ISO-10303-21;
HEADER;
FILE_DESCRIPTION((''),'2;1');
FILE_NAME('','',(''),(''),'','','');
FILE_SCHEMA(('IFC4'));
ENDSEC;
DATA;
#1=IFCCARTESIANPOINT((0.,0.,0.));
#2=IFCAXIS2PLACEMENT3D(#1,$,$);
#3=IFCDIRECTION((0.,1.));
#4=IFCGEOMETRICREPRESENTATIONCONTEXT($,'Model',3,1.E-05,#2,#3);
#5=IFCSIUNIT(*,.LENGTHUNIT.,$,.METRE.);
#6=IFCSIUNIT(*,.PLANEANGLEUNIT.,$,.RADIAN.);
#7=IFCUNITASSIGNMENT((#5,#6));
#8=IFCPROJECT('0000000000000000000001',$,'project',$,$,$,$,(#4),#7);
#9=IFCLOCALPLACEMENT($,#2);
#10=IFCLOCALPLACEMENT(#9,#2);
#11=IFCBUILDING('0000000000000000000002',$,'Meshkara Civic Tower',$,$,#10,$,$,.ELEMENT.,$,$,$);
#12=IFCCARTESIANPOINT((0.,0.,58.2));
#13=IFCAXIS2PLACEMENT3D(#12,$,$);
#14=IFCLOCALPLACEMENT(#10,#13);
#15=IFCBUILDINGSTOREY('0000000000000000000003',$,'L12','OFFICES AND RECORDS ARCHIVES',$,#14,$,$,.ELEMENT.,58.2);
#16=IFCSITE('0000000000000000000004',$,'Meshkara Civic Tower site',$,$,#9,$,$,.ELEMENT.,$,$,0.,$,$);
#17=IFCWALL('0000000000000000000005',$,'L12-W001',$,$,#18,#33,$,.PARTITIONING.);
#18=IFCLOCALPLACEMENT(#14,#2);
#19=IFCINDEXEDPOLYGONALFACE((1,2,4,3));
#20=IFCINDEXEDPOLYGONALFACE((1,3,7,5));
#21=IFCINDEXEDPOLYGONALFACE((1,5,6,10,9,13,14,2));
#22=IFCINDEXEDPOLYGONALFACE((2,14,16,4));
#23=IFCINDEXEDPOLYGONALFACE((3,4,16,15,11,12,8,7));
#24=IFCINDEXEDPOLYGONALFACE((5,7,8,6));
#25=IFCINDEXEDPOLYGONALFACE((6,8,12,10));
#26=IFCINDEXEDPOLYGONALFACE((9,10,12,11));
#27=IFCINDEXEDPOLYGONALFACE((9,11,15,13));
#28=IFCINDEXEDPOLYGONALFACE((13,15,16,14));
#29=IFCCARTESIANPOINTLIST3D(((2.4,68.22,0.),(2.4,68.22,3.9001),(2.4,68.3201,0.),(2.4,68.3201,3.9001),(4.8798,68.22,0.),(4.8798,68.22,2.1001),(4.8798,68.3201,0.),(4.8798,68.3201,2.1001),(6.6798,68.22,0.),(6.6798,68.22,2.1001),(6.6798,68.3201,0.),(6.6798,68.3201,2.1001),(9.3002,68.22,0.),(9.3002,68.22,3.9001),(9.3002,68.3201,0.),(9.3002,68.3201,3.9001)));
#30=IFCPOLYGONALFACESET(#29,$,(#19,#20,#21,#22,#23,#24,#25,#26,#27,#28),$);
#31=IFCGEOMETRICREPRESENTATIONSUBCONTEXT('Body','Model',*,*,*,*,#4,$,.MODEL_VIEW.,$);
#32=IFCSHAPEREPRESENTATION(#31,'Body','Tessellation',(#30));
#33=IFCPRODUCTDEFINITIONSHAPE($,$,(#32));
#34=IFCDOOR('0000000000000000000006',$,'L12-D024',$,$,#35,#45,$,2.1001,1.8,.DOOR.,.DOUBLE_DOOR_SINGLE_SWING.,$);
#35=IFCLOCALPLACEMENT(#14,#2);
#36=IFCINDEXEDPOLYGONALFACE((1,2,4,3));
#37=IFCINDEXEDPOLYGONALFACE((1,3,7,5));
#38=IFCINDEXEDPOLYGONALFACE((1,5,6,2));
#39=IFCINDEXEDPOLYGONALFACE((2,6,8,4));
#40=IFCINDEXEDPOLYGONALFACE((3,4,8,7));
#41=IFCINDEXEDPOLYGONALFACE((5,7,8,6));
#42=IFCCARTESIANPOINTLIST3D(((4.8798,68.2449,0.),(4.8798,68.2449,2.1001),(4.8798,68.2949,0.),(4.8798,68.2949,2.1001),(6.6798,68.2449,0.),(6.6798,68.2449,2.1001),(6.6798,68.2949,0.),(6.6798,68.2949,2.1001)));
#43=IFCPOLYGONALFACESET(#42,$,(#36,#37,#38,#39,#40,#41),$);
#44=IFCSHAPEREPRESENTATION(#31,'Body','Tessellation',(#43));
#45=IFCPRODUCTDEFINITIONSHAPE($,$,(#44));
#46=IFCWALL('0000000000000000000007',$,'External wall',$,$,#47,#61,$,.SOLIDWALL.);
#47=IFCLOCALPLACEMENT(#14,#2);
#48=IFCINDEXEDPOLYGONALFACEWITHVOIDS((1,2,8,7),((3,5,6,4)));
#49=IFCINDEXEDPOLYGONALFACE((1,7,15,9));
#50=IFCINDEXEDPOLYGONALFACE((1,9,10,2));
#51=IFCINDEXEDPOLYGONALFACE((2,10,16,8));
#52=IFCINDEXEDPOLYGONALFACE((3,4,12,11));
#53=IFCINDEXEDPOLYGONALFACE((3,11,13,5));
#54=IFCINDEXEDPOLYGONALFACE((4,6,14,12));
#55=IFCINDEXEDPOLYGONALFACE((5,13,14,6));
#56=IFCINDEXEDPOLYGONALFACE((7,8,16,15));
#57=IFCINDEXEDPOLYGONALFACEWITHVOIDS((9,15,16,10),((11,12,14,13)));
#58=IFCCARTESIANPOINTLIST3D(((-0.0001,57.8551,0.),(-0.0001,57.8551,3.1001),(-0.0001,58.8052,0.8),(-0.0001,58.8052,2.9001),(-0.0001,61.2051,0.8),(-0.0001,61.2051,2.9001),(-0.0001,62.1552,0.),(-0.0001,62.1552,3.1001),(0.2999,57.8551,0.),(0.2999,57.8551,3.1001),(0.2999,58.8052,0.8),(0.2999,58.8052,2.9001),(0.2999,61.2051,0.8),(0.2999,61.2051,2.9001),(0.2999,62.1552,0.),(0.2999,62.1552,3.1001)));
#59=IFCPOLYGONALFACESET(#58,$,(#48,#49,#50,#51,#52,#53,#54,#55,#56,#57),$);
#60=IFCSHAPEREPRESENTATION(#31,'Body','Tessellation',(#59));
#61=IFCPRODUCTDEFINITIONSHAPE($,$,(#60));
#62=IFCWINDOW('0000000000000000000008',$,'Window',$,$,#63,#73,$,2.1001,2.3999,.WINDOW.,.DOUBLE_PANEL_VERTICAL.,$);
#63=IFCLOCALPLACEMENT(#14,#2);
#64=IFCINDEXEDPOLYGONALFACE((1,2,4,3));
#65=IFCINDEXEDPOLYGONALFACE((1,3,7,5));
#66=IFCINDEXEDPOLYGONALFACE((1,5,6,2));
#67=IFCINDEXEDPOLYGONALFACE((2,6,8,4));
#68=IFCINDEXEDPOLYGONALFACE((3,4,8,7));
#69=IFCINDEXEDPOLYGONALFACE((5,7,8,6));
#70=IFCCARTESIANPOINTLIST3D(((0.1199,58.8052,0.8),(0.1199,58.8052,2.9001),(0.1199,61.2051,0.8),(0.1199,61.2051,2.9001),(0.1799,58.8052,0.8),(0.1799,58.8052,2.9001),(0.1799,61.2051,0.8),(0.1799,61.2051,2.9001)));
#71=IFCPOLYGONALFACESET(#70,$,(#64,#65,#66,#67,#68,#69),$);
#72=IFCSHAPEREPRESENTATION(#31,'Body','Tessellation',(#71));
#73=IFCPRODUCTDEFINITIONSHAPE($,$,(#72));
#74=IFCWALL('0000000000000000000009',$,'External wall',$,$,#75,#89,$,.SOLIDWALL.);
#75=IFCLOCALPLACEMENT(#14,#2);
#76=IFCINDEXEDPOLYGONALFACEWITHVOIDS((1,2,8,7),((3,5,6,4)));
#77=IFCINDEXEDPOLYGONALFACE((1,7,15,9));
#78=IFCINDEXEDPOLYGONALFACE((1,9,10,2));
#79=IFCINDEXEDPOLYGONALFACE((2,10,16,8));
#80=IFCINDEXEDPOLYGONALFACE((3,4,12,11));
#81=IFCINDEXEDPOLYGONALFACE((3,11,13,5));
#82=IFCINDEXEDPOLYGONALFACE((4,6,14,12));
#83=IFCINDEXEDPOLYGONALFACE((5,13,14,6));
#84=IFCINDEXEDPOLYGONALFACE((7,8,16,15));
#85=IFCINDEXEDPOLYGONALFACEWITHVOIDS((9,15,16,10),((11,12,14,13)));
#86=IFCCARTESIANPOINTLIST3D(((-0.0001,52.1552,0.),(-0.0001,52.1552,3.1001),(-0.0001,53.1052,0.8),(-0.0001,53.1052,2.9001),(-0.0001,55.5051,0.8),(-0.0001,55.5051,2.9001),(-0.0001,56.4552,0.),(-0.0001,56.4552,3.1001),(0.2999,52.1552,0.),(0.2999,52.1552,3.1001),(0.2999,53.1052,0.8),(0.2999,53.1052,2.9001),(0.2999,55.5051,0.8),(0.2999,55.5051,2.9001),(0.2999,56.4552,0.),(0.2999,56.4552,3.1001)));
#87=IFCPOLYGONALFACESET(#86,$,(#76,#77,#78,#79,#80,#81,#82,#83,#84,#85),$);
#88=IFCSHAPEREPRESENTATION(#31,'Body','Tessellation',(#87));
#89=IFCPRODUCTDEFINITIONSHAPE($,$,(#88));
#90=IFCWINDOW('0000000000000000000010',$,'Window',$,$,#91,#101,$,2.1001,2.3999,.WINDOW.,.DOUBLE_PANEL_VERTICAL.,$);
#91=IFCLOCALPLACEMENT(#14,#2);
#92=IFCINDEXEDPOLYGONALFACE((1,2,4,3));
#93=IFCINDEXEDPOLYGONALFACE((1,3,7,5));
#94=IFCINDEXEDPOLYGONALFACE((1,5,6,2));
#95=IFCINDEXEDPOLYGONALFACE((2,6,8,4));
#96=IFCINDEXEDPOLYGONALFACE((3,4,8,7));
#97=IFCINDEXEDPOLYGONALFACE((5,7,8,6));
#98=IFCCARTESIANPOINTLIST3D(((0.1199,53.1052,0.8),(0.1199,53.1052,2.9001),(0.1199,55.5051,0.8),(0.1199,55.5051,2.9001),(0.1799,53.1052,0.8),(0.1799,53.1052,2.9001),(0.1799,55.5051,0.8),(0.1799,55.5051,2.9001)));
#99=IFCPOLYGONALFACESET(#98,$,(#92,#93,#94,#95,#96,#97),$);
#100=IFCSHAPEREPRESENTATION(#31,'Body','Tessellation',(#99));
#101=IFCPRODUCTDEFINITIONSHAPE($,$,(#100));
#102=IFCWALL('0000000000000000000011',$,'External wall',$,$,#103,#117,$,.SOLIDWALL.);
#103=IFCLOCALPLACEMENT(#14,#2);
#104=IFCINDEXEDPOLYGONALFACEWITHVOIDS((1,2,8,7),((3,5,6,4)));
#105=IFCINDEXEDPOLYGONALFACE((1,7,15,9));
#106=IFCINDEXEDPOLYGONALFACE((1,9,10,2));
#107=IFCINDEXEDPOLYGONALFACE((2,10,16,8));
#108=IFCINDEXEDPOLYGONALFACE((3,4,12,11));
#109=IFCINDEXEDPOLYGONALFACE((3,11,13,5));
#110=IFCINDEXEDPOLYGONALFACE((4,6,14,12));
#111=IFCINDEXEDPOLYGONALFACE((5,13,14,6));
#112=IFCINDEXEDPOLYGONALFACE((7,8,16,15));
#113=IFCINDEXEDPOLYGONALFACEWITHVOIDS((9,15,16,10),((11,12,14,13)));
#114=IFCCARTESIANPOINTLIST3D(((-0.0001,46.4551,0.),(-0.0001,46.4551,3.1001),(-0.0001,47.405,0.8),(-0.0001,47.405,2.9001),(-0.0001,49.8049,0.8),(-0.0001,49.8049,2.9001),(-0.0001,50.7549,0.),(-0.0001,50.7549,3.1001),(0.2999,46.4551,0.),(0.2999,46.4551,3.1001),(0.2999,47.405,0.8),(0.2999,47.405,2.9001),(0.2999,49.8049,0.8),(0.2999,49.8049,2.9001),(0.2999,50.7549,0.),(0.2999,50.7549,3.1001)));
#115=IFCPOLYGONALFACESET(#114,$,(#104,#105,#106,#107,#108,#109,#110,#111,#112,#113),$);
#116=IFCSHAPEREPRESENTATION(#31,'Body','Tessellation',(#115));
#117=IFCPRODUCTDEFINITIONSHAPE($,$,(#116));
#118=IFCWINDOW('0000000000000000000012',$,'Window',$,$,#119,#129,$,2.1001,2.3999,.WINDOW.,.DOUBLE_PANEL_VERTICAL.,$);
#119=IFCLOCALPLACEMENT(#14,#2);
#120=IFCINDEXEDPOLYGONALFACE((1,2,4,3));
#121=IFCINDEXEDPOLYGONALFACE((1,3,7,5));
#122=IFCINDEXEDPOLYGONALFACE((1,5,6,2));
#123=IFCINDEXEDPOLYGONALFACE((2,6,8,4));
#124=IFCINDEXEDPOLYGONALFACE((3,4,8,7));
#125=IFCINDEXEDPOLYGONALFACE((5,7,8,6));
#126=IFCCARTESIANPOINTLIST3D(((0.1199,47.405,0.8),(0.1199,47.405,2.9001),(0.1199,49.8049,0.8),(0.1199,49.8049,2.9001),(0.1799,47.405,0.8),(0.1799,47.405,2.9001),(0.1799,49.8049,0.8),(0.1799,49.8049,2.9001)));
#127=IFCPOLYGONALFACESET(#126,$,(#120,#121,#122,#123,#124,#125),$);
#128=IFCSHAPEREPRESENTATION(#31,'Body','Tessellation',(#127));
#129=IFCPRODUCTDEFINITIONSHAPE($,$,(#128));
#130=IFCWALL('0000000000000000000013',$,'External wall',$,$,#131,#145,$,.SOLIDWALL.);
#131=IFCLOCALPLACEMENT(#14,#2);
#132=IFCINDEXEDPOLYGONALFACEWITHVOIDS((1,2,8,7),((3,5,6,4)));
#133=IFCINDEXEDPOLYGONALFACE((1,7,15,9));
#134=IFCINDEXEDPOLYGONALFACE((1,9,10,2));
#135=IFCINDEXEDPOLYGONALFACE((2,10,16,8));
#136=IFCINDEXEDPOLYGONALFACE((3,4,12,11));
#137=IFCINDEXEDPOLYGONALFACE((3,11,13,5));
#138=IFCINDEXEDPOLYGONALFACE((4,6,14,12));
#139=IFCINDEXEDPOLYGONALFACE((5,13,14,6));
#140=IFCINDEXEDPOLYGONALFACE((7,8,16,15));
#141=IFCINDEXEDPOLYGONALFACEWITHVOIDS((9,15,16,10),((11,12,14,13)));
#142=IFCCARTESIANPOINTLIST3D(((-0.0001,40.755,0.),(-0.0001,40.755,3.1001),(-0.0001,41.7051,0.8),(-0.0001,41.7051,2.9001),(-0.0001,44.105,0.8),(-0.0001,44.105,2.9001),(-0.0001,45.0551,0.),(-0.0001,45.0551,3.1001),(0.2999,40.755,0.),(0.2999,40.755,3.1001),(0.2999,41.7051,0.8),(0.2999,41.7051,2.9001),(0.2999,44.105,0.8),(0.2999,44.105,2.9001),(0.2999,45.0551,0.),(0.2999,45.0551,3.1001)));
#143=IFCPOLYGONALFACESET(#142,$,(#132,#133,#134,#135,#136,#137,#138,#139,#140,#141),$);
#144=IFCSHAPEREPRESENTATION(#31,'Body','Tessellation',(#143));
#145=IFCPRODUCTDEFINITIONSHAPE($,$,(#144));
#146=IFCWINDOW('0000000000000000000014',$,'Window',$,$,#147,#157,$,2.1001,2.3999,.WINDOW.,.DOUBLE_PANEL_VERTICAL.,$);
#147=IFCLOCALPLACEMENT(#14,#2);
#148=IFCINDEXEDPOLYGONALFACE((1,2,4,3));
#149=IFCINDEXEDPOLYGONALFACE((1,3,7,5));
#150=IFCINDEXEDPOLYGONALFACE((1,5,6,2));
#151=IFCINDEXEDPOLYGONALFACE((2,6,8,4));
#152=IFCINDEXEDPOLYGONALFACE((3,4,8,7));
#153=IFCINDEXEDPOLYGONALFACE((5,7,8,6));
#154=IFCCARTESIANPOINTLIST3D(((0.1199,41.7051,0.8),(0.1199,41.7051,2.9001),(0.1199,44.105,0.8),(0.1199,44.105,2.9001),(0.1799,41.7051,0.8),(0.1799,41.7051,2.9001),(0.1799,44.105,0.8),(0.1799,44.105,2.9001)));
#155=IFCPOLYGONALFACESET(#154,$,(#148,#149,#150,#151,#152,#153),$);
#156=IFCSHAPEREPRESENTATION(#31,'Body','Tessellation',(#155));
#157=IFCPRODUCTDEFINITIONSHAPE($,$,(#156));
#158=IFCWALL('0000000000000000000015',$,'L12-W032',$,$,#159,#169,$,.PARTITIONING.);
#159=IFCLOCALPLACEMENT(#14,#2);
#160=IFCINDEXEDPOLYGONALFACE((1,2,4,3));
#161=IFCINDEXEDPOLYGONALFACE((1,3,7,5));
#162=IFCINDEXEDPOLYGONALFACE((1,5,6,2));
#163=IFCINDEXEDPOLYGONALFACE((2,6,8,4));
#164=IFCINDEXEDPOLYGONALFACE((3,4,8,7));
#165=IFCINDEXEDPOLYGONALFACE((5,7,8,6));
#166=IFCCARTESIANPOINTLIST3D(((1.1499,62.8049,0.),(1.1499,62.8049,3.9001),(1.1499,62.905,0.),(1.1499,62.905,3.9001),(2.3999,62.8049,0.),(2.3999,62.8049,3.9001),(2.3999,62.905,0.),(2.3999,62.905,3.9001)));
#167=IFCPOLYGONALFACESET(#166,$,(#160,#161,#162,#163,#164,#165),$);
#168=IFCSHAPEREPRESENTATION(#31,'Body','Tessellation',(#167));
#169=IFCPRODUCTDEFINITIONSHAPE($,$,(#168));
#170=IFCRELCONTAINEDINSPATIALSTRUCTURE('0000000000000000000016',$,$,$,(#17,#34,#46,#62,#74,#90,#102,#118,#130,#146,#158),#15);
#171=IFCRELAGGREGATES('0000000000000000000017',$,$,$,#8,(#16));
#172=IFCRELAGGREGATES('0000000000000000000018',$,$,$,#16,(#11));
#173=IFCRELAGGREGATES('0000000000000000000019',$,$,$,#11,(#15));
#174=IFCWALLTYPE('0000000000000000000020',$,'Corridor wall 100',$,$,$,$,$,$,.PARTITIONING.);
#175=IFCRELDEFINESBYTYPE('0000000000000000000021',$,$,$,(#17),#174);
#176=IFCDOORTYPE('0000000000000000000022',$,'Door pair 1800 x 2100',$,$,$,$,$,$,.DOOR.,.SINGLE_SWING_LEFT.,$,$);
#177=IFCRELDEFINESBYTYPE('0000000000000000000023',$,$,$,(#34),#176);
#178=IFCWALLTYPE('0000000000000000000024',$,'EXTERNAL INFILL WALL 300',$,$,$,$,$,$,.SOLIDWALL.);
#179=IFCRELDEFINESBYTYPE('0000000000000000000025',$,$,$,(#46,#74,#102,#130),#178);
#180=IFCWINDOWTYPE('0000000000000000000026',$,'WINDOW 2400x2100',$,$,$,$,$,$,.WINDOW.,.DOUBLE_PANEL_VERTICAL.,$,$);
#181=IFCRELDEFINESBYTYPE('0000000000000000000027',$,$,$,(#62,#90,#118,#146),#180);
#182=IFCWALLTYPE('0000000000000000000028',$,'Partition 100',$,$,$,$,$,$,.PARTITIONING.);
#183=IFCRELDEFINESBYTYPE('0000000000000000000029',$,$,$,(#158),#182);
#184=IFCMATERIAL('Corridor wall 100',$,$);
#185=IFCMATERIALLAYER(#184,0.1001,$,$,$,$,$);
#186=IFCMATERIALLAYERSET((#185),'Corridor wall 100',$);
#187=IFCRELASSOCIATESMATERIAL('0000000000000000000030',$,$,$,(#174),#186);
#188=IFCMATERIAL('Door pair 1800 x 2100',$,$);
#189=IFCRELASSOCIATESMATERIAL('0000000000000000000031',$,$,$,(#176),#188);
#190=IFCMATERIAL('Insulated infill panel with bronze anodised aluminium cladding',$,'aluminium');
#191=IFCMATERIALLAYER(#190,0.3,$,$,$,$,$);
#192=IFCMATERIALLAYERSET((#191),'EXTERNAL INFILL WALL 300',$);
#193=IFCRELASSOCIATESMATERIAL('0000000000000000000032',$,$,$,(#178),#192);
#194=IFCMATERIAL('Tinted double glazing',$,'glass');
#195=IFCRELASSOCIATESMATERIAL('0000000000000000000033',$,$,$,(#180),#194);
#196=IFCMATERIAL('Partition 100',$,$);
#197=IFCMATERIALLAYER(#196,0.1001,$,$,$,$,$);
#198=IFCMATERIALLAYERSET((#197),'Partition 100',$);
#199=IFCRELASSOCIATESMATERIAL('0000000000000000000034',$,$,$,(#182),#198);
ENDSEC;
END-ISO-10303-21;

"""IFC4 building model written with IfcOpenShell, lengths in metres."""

from ifc_helpers import new_model, si_unit, direction, frame, frame_2d, origin, place, context, subcontext, project, spatial, rectangle, extrude, material, layer, layer_set, type_object, element, fill, save


model = new_model("IFC4")

# Units and contexts
model_context = context("Model", 3, precision=1e-05, world=origin(), true_north=direction((0.0, 1.0)))
body_context = subcontext(model_context, "Body", "Model", "MODEL_VIEW")
ifc_project = project(units=[si_unit("LENGTHUNIT", "METRE"), si_unit("PLANEANGLEUNIT", "RADIAN")], contexts=[model_context])

# Site, building, storey
site_placement = place(None, origin())
site = spatial("IfcSite", under=ifc_project, at=site_placement, Name="Meshkara Civic Tower site", CompositionType="ELEMENT", RefElevation=0.0)
building_placement = place(site_placement, origin())
building = spatial("IfcBuilding", under=site, at=building_placement, Name="Meshkara Civic Tower", CompositionType="ELEMENT")
storey_placement = place(building_placement, frame((0.0, 0.0, 58.2)))
storey = spatial("IfcBuildingStorey", under=building, at=storey_placement, Name="L12", Description="OFFICES AND RECORDS ARCHIVES", CompositionType="ELEMENT", Elevation=58.2)

# Wall, opening, door
ifc_material_1 = material(Name="Corridor wall 100")
ifc_layer_1 = layer(ifc_material_1, 0.1001)
ifc_layer_set_1 = layer_set([ifc_layer_1], Name="Corridor wall 100")
wall_type_1 = type_object("IfcWallType", Name="Corridor wall 100", PredefinedType="PARTITIONING", material=ifc_layer_set_1)
wall_1_placement = place(storey_placement, frame((2.3999, 68.27, 0.0), z_axis=(0.0, 0.0, 1.0), x_axis=(1.0, 0.0, 0.0)))
wall_1 = element("IfcWall", 1, at=wall_1_placement, inside=storey, type_object=wall_type_1, Name="L12-W001", PredefinedType="PARTITIONING", context=body_context, shape_type="SweptSolid", body=[
    extrude(rectangle(XDim=6.9001, YDim=0.1001, at=frame_2d((3.4502, 0.0))), origin(), (0.0, 0.0, 1.0), 3.9001),
])
opening_1_placement = place(wall_1_placement, frame((2.48, 0.0, 0.0)))
opening_1 = element("IfcOpeningElement", 2, at=opening_1_placement, cuts=wall_1, PredefinedType="OPENING", context=body_context, shape_type="SweptSolid", body=[
    extrude(rectangle(XDim=1.8, YDim=2.1001, at=frame_2d((0.8999, 1.05))), frame((0.0, 0.0601, 0.0), z_axis=(0.0, -1.0, 0.0), x_axis=(1.0, 0.0, 0.0)), (0.0, 0.0, 1.0), 0.1201),
])
ifc_material_2 = material(Name="Door pair 1800 x 2100")
door_type_1 = type_object("IfcDoorType", Name="Door pair 1800 x 2100", OperationType="SINGLE_SWING_LEFT", PredefinedType="DOOR", material=ifc_material_2)
door_1_placement = place(opening_1_placement, origin())
door_1 = element("IfcDoor", 3, at=door_1_placement, inside=storey, type_object=door_type_1, Name="L12-D024", OperationType="DOUBLE_DOOR_SINGLE_SWING", OverallHeight=2.1001, OverallWidth=1.8, PredefinedType="DOOR", context=body_context, shape_type="SweptSolid", body=[
    extrude(rectangle(XDim=1.8, YDim=2.1001, at=frame_2d((0.8999, 1.05))), frame((0.0, 0.0249, 0.0), z_axis=(0.0, -1.0, 0.0), x_axis=(1.0, 0.0, 0.0)), (0.0, 0.0, 1.0), 0.05),
])
fill(opening_1, door_1)

# Walls, openings, windows
ifc_material_3 = material(Name="Insulated infill panel with bronze anodised aluminium cladding", Category="aluminium")
ifc_layer_2 = layer(ifc_material_3, 0.3)
ifc_layer_set_2 = layer_set([ifc_layer_2], Name="EXTERNAL INFILL WALL 300")
wall_type_2 = type_object("IfcWallType", Name="EXTERNAL INFILL WALL 300", PredefinedType="SOLIDWALL", material=ifc_layer_set_2)
wall_2_placement = place(storey_placement, frame((0.1499, 62.155, 0.0), z_axis=(0.0, 0.0, 1.0), x_axis=(0.0, -1.0, 0.0)))
wall_2 = element("IfcWall", 4, at=wall_2_placement, inside=storey, type_object=wall_type_2, Name="External wall", PredefinedType="SOLIDWALL", context=body_context, shape_type="SweptSolid", body=[
    extrude(rectangle(XDim=4.3, YDim=0.3, at=frame_2d((2.1499, 0.0))), origin(), (0.0, 0.0, 1.0), 3.1001),
])
opening_2_placement = place(wall_2_placement, frame((0.95, 0.0, 0.8)))
opening_2 = element("IfcOpeningElement", 5, at=opening_2_placement, cuts=wall_2, PredefinedType="OPENING", context=body_context, shape_type="SweptSolid", body=[
    extrude(rectangle(XDim=2.3999, YDim=2.1001, at=frame_2d((1.2, 1.05))), frame((0.0, 0.1599, 0.0), z_axis=(0.0, -1.0, 0.0), x_axis=(1.0, 0.0, 0.0)), (0.0, 0.0, 1.0), 0.3201),
])
ifc_material_4 = material(Name="Tinted double glazing", Category="glass")
window_type = type_object("IfcWindowType", Name="WINDOW 2400x2100", PartitioningType="DOUBLE_PANEL_VERTICAL", PredefinedType="WINDOW", material=ifc_material_4)
window_1_placement = place(opening_2_placement, origin())
window_1 = element("IfcWindow", 6, at=window_1_placement, inside=storey, type_object=window_type, Name="Window", OverallHeight=2.1001, OverallWidth=2.3999, PartitioningType="DOUBLE_PANEL_VERTICAL", PredefinedType="WINDOW", context=body_context, shape_type="SweptSolid", body=[
    extrude(rectangle(XDim=2.3999, YDim=2.1001, at=frame_2d((1.2, 1.05))), frame((0.0, 0.03, 0.0), z_axis=(0.0, -1.0, 0.0), x_axis=(1.0, 0.0, 0.0)), (0.0, 0.0, 1.0), 0.0601),
])
fill(opening_2, window_1)
wall_3_placement = place(storey_placement, frame((0.1499, 56.4551, 0.0), z_axis=(0.0, 0.0, 1.0), x_axis=(0.0, -1.0, 0.0)))
wall_3 = element("IfcWall", 7, at=wall_3_placement, inside=storey, type_object=wall_type_2, Name="External wall", PredefinedType="SOLIDWALL", context=body_context, shape_type="SweptSolid", body=[
    extrude(rectangle(XDim=4.3, YDim=0.3, at=frame_2d((2.1499, 0.0))), origin(), (0.0, 0.0, 1.0), 3.1001),
])
opening_3_placement = place(wall_3_placement, frame((0.95, 0.0, 0.8)))
opening_3 = element("IfcOpeningElement", 8, at=opening_3_placement, cuts=wall_3, PredefinedType="OPENING", context=body_context, shape_type="SweptSolid", body=[
    extrude(rectangle(XDim=2.3999, YDim=2.1001, at=frame_2d((1.2, 1.05))), frame((0.0, 0.1599, 0.0), z_axis=(0.0, -1.0, 0.0), x_axis=(1.0, 0.0, 0.0)), (0.0, 0.0, 1.0), 0.3201),
])
window_2_placement = place(opening_3_placement, origin())
window_2 = element("IfcWindow", 9, at=window_2_placement, inside=storey, type_object=window_type, Name="Window", OverallHeight=2.1001, OverallWidth=2.3999, PartitioningType="DOUBLE_PANEL_VERTICAL", PredefinedType="WINDOW", context=body_context, shape_type="SweptSolid", body=[
    extrude(rectangle(XDim=2.3999, YDim=2.1001, at=frame_2d((1.2, 1.05))), frame((0.0, 0.03, 0.0), z_axis=(0.0, -1.0, 0.0), x_axis=(1.0, 0.0, 0.0)), (0.0, 0.0, 1.0), 0.0601),
])
fill(opening_3, window_2)
wall_4_placement = place(storey_placement, frame((0.1499, 50.7549, 0.0), z_axis=(0.0, 0.0, 1.0), x_axis=(0.0, -1.0, 0.0)))
wall_4 = element("IfcWall", 10, at=wall_4_placement, inside=storey, type_object=wall_type_2, Name="External wall", PredefinedType="SOLIDWALL", context=body_context, shape_type="SweptSolid", body=[
    extrude(rectangle(XDim=4.2998, YDim=0.3, at=frame_2d((2.1499, 0.0))), origin(), (0.0, 0.0, 1.0), 3.1001),
])
opening_4_placement = place(wall_4_placement, frame((0.95, 0.0, 0.8)))
opening_4 = element("IfcOpeningElement", 11, at=opening_4_placement, cuts=wall_4, PredefinedType="OPENING", context=body_context, shape_type="SweptSolid", body=[
    extrude(rectangle(XDim=2.3999, YDim=2.1001, at=frame_2d((1.2, 1.05))), frame((0.0, 0.1599, 0.0), z_axis=(0.0, -1.0, 0.0), x_axis=(1.0, 0.0, 0.0)), (0.0, 0.0, 1.0), 0.3201),
])
window_3_placement = place(opening_4_placement, origin())
window_3 = element("IfcWindow", 12, at=window_3_placement, inside=storey, type_object=window_type, Name="Window", OverallHeight=2.1001, OverallWidth=2.3999, PartitioningType="DOUBLE_PANEL_VERTICAL", PredefinedType="WINDOW", context=body_context, shape_type="SweptSolid", body=[
    extrude(rectangle(XDim=2.3999, YDim=2.1001, at=frame_2d((1.2, 1.05))), frame((0.0, 0.03, 0.0), z_axis=(0.0, -1.0, 0.0), x_axis=(1.0, 0.0, 0.0)), (0.0, 0.0, 1.0), 0.0601),
])
fill(opening_4, window_3)
wall_5_placement = place(storey_placement, frame((0.1499, 45.0549, 0.0), z_axis=(0.0, 0.0, 1.0), x_axis=(0.0, -1.0, 0.0)))
wall_5 = element("IfcWall", 13, at=wall_5_placement, inside=storey, type_object=wall_type_2, Name="External wall", PredefinedType="SOLIDWALL", context=body_context, shape_type="SweptSolid", body=[
    extrude(rectangle(XDim=4.3, YDim=0.3, at=frame_2d((2.1499, 0.0))), origin(), (0.0, 0.0, 1.0), 3.1001),
])
opening_5_placement = place(wall_5_placement, frame((0.95, 0.0, 0.8)))
opening_5 = element("IfcOpeningElement", 14, at=opening_5_placement, cuts=wall_5, PredefinedType="OPENING", context=body_context, shape_type="SweptSolid", body=[
    extrude(rectangle(XDim=2.3999, YDim=2.1001, at=frame_2d((1.2, 1.05))), frame((0.0, 0.1599, 0.0), z_axis=(0.0, -1.0, 0.0), x_axis=(1.0, 0.0, 0.0)), (0.0, 0.0, 1.0), 0.3201),
])
window_4_placement = place(opening_5_placement, origin())
window_4 = element("IfcWindow", 15, at=window_4_placement, inside=storey, type_object=window_type, Name="Window", OverallHeight=2.1001, OverallWidth=2.3999, PartitioningType="DOUBLE_PANEL_VERTICAL", PredefinedType="WINDOW", context=body_context, shape_type="SweptSolid", body=[
    extrude(rectangle(XDim=2.3999, YDim=2.1001, at=frame_2d((1.2, 1.05))), frame((0.0, 0.03, 0.0), z_axis=(0.0, -1.0, 0.0), x_axis=(1.0, 0.0, 0.0)), (0.0, 0.0, 1.0), 0.0601),
])
fill(opening_5, window_4)

# Wall
ifc_material_5 = material(Name="Partition 100")
ifc_layer_3 = layer(ifc_material_5, 0.1001)
ifc_layer_set_3 = layer_set([ifc_layer_3], Name="Partition 100")
wall_type_3 = type_object("IfcWallType", Name="Partition 100", PredefinedType="PARTITIONING", material=ifc_layer_set_3)
wall_6_placement = place(storey_placement, frame((2.3999, 62.855, 0.0), z_axis=(0.0, 0.0, 1.0), x_axis=(-1.0, 0.0, 0.0)))
element("IfcWall", 16, at=wall_6_placement, inside=storey, type_object=wall_type_3, Name="L12-W032", PredefinedType="PARTITIONING", context=body_context, shape_type="SweptSolid", body=[
    extrude(rectangle(XDim=1.25, YDim=0.1001, at=frame_2d((0.625, 0.0))), origin(), (0.0, 0.0, 1.0), 3.9001),
])

save(model, "model.ifc")
